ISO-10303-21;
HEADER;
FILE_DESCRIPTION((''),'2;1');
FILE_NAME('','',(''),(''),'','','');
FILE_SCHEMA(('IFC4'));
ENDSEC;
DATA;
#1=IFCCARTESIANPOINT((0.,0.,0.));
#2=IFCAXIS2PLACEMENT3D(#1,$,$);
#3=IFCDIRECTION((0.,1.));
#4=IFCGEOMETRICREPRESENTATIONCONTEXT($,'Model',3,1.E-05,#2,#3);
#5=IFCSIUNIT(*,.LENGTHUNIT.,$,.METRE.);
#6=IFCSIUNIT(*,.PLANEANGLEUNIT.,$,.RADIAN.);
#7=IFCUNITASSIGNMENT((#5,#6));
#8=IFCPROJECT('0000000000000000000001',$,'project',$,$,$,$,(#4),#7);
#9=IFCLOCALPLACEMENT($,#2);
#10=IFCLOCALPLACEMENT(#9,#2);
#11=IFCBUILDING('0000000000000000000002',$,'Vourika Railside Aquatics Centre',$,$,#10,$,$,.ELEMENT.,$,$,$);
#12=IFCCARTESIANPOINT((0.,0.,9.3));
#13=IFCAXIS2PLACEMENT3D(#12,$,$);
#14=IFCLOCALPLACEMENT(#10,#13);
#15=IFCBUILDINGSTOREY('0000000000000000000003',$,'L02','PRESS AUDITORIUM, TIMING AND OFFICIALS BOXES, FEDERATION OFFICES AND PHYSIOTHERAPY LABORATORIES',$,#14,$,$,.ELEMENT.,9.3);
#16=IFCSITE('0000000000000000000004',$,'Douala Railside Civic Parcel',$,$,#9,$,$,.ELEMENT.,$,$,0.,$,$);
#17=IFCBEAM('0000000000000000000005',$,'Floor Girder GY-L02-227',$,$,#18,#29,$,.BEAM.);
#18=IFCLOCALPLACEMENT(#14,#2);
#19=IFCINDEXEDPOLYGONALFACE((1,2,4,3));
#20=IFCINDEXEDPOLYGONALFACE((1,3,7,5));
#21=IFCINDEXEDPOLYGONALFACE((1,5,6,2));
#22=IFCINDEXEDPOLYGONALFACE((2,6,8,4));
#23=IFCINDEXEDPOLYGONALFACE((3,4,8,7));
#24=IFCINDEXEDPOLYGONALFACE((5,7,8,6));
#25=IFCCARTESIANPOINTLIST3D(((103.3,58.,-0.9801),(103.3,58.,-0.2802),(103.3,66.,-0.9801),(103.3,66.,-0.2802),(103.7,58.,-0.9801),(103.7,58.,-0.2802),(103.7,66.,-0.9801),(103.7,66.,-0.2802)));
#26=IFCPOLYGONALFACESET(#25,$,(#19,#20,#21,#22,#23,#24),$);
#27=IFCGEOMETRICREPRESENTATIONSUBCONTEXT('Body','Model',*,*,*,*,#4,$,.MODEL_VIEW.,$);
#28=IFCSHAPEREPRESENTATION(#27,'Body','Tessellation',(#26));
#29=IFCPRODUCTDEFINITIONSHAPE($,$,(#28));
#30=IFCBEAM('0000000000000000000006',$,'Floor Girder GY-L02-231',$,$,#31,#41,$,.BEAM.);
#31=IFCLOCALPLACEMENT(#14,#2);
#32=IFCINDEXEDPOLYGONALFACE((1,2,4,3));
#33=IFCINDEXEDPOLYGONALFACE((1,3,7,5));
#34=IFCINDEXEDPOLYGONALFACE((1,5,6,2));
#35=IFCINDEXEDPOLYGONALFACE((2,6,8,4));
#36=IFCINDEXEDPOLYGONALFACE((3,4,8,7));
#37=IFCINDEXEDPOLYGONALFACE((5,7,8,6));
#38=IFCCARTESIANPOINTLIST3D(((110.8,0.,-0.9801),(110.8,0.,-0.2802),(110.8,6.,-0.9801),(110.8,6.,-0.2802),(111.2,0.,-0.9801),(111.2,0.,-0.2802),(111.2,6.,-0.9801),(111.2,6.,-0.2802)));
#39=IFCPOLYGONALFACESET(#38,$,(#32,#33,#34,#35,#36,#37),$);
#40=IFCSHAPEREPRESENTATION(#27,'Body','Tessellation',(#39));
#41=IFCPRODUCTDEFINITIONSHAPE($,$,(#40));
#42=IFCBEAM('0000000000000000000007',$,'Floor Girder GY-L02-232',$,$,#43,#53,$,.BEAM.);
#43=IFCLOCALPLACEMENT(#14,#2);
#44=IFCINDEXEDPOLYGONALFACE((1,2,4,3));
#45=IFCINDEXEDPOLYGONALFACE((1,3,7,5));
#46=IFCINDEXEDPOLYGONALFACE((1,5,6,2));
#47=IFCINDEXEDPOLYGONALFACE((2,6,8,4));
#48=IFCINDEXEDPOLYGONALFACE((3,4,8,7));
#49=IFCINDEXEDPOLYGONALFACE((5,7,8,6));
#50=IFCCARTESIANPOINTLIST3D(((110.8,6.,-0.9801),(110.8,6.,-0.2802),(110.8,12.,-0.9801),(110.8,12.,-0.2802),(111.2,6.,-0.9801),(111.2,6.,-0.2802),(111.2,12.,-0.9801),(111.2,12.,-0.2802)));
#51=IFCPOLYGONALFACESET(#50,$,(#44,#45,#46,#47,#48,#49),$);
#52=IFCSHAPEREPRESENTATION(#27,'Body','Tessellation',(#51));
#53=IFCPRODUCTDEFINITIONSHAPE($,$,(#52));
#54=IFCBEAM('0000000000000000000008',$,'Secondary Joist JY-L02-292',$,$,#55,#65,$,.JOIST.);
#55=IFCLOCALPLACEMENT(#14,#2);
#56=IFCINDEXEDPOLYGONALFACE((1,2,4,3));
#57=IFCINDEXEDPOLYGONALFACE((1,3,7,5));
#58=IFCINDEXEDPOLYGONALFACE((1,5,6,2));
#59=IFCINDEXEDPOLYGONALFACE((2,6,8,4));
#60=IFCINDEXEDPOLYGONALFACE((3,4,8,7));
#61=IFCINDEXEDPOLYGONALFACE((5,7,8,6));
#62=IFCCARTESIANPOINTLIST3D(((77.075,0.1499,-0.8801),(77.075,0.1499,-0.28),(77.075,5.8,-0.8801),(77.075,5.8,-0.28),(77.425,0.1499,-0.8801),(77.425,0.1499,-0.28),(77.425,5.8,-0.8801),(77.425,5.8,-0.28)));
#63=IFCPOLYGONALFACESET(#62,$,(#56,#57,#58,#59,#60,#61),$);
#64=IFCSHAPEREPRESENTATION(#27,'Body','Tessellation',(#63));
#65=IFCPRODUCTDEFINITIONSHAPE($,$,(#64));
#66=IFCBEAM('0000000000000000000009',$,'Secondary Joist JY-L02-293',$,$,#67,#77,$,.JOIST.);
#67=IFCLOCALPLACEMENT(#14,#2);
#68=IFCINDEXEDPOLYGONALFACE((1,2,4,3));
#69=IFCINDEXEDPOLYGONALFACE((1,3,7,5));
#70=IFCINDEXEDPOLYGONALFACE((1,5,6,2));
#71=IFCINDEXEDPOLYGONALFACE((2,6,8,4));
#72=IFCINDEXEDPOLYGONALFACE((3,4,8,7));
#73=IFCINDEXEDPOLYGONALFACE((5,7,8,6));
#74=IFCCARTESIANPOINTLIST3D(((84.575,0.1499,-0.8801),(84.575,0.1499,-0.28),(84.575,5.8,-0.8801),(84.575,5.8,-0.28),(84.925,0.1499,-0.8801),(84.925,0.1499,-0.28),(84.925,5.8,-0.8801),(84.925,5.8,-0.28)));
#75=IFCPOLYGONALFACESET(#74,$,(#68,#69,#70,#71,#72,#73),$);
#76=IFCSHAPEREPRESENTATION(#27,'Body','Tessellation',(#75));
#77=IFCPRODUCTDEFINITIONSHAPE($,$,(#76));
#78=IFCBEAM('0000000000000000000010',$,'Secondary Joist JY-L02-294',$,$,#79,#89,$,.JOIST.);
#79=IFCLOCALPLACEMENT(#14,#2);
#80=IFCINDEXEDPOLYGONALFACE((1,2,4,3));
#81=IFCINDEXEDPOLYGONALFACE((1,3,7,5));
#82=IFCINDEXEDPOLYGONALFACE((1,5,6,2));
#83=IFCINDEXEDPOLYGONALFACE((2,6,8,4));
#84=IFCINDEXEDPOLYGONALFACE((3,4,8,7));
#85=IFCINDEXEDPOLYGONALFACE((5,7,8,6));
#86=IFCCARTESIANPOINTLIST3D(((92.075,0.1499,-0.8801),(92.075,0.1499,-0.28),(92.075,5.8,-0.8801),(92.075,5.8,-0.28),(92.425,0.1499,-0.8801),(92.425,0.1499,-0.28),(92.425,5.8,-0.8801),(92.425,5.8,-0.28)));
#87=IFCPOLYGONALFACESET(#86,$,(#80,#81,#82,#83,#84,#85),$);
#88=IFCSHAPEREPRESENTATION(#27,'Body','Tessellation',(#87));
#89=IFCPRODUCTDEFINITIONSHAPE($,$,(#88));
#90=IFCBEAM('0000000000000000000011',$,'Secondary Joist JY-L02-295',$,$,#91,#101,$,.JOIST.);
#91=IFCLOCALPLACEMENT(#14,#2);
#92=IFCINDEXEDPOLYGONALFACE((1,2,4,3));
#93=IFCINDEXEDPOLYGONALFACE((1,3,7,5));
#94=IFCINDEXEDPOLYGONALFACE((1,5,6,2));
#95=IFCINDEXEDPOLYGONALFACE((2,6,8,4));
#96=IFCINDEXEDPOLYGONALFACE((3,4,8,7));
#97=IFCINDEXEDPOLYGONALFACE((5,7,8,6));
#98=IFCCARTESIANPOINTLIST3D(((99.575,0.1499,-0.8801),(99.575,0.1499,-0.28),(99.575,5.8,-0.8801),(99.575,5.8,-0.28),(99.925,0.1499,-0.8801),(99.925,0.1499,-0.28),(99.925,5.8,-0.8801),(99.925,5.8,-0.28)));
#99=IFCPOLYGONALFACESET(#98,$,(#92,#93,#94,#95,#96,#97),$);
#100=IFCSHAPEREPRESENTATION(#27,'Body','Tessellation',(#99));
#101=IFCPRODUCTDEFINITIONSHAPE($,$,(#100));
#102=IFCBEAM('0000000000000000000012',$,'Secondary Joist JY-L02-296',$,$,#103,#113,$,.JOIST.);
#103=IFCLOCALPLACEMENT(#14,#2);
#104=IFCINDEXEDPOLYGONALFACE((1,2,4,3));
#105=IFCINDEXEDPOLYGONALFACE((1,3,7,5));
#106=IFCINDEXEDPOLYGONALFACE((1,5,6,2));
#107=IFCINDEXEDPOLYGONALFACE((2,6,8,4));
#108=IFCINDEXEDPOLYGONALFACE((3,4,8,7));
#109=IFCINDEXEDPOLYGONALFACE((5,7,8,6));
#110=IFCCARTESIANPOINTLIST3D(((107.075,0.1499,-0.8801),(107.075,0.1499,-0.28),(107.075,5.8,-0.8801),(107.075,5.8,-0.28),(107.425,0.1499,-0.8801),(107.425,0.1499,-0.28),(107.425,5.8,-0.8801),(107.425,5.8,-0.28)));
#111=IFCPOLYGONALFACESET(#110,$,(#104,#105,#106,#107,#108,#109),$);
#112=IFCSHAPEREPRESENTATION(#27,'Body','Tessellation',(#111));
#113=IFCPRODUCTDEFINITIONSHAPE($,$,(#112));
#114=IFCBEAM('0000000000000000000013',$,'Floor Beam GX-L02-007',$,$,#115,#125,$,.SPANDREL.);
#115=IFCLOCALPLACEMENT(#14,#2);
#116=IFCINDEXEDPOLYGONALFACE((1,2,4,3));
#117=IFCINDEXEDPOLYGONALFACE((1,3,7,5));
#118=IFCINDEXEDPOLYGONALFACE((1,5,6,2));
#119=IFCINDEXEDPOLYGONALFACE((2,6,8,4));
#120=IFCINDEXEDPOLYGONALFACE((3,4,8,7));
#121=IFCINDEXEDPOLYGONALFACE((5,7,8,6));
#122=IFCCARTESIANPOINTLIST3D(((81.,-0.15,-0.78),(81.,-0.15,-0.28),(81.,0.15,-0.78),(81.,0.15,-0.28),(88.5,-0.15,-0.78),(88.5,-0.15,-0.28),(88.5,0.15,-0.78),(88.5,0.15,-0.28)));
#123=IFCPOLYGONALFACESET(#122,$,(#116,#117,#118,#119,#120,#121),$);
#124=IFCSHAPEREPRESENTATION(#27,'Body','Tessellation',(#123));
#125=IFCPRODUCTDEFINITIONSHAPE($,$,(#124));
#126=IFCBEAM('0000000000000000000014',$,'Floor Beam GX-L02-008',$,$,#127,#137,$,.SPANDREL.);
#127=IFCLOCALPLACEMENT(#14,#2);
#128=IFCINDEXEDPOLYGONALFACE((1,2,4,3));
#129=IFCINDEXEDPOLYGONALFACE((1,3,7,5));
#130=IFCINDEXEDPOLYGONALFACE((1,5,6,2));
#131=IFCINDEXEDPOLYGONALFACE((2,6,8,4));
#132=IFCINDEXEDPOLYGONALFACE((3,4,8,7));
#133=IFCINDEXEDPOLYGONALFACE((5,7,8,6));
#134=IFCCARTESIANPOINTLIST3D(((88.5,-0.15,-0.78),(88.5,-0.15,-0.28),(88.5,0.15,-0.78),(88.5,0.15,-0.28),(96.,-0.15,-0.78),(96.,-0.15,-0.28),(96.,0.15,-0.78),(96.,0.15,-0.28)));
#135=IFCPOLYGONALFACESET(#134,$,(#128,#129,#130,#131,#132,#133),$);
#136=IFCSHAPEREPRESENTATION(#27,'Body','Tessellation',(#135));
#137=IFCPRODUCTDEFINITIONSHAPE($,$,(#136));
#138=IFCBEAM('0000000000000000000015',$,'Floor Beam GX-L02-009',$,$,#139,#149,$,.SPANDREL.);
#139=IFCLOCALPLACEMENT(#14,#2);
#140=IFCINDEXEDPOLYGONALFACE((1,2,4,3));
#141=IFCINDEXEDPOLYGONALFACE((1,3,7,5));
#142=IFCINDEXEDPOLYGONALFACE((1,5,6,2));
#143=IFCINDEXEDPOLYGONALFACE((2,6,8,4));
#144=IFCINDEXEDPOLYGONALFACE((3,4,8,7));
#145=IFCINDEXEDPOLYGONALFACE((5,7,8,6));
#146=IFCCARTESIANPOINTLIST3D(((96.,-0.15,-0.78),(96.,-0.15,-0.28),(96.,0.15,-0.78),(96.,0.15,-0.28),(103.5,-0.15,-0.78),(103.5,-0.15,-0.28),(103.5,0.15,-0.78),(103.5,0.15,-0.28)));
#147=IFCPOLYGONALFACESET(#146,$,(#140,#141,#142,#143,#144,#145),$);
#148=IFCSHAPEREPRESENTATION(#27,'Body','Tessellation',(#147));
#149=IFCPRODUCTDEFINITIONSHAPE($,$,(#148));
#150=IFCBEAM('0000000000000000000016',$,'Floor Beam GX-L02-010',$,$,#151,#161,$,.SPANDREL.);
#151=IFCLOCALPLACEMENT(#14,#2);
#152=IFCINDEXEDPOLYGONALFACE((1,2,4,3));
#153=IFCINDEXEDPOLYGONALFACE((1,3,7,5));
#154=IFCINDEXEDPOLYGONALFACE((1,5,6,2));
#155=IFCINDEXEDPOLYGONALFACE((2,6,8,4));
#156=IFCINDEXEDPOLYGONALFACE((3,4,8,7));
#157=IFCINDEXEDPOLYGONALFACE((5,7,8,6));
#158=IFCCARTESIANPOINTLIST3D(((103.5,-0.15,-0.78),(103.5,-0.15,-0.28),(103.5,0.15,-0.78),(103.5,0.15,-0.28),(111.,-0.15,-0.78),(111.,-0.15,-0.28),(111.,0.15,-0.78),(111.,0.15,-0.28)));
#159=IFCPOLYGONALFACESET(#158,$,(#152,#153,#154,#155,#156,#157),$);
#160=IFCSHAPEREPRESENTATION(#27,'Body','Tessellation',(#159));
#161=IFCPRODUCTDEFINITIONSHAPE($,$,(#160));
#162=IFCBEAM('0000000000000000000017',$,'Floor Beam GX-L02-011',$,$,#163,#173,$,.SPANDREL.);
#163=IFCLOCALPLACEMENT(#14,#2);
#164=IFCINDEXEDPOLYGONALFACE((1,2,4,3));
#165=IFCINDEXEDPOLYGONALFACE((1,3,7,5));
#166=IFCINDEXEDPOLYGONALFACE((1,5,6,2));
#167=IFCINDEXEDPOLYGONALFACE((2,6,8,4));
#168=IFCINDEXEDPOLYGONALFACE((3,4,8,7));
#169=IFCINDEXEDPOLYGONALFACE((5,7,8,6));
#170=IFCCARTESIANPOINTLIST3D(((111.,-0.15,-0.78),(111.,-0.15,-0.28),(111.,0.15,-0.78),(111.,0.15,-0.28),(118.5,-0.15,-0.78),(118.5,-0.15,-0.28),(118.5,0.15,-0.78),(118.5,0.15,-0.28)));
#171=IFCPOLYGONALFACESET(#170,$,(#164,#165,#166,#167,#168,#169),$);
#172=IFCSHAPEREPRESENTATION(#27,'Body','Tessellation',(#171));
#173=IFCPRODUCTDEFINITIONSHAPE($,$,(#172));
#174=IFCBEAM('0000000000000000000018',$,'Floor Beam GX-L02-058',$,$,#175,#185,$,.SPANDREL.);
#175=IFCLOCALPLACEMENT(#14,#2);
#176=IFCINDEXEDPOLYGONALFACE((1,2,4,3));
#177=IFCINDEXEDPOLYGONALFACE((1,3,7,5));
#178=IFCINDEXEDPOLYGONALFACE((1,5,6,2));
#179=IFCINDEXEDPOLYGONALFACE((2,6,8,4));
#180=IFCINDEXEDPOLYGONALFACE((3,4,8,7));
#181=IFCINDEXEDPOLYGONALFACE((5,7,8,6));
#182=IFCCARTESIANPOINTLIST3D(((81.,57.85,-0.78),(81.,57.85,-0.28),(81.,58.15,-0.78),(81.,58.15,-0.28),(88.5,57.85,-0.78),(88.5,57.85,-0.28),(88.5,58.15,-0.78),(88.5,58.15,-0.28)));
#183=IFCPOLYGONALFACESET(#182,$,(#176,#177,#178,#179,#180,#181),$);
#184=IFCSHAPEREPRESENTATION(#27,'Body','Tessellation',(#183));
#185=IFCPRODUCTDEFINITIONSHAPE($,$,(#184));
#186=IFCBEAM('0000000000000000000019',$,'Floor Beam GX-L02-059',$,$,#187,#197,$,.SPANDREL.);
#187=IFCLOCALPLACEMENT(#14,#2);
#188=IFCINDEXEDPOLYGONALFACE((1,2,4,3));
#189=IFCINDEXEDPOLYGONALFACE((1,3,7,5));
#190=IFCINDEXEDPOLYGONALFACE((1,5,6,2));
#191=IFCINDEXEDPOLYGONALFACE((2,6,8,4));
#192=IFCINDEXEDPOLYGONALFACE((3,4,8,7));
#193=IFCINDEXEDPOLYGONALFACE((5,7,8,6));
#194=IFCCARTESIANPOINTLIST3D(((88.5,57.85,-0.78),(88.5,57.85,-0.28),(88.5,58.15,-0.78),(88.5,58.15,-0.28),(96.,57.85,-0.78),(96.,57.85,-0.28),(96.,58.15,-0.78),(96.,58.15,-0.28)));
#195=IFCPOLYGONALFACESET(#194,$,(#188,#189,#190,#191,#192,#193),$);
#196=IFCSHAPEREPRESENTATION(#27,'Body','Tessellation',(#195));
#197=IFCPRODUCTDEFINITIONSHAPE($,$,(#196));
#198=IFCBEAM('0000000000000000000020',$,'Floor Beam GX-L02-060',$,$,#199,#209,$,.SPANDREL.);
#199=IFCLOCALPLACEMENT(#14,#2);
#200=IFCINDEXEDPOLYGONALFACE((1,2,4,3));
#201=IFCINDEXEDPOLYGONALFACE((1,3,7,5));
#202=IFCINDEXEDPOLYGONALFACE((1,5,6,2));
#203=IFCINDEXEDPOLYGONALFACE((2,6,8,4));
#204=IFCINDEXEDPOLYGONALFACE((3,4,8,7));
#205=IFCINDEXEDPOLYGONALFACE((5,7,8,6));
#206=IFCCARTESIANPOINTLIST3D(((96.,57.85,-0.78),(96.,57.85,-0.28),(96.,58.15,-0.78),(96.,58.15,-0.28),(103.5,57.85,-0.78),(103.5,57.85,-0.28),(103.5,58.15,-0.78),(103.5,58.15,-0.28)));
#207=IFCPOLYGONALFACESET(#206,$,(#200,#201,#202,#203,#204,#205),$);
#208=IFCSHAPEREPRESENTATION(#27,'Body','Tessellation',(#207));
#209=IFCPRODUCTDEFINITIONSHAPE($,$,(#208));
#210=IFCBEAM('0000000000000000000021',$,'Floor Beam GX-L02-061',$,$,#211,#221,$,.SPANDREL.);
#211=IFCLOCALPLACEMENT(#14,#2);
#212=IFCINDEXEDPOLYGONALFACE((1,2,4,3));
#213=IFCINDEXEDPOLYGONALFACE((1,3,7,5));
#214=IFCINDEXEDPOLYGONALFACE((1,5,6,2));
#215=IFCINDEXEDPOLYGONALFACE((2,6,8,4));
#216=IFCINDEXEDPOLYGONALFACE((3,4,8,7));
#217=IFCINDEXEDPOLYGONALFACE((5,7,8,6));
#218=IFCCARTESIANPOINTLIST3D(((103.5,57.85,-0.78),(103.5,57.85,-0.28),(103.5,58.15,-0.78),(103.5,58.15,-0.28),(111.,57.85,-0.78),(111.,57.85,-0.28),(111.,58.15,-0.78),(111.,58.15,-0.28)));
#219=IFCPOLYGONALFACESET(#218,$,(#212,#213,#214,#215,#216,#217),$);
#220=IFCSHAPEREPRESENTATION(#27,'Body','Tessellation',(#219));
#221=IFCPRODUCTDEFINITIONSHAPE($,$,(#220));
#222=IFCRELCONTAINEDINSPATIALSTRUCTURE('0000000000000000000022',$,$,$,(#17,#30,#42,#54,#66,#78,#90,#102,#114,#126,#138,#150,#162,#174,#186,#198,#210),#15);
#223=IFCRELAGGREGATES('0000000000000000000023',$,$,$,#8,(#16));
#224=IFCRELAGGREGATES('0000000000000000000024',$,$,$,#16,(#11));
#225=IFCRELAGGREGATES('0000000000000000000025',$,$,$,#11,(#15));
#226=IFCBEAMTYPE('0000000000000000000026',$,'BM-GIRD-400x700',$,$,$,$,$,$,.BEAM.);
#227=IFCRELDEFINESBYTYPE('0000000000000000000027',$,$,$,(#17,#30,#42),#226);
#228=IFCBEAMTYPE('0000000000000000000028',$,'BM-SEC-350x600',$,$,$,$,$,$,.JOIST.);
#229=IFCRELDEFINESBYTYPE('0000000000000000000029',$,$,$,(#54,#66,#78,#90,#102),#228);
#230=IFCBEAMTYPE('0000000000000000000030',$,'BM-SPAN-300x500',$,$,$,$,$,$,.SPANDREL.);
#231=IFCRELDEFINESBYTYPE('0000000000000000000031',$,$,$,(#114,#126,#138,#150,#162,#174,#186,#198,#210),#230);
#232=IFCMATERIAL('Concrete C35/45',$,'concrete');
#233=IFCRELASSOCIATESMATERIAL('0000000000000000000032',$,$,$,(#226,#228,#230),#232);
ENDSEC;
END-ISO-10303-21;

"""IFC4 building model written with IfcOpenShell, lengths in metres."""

from ifc_helpers import new_model, si_unit, direction, frame, origin, origin_2d, place, context, subcontext, project, spatial, rectangle, extrude, material, material_profile, profile_set, type_object, element, save


model = new_model("IFC4")

# Units and contexts
model_context = context("Model", 3, precision=1e-05, world=origin(), true_north=direction((0.0, 1.0)))
body_context = subcontext(model_context, "Body", "Model", "MODEL_VIEW")
ifc_project = project(units=[si_unit("LENGTHUNIT", "METRE"), si_unit("PLANEANGLEUNIT", "RADIAN")], contexts=[model_context])

# Site, building, storey
site_placement = place(None, origin())
site = spatial("IfcSite", under=ifc_project, at=site_placement, Name="Douala Railside Civic Parcel", CompositionType="ELEMENT", RefElevation=0.0)
building_placement = place(site_placement, origin())
building = spatial("IfcBuilding", under=site, at=building_placement, Name="Vourika Railside Aquatics Centre", CompositionType="ELEMENT")
storey_placement = place(building_placement, frame((0.0, 0.0, 9.3)))
storey = spatial("IfcBuildingStorey", under=building, at=storey_placement, Name="L02", Description="PRESS AUDITORIUM, TIMING AND OFFICIALS BOXES, FEDERATION OFFICES AND PHYSIOTHERAPY LABORATORIES", CompositionType="ELEMENT", Elevation=9.3)

# Beams
ifc_material = material(Name="Concrete C35/45", Category="concrete")
ifc_material_profile_1 = material_profile(ifc_material, rectangle(XDim=0.3999, YDim=0.7, at=origin_2d()), Name="RC 400x700")
ifc_profile_set_1 = profile_set([ifc_material_profile_1], Name="Concrete C35/45")
beam_type_1 = type_object("IfcBeamType", Name="BM-GIRD-400x700", PredefinedType="BEAM", material=ifc_profile_set_1)
beam_1_placement = place(storey_placement, frame((103.5, 58.0, -0.6301), z_axis=(0.0, 1.0, 0.0), x_axis=(-1.0, 0.0, 0.0)))
element("IfcBeam", 1, at=beam_1_placement, inside=storey, type_object=beam_type_1, Name="Floor Girder GY-L02-227", PredefinedType="BEAM", context=body_context, shape_type="SweptSolid", body=[
    extrude(rectangle(XDim=0.3999, YDim=0.7, at=origin_2d()), origin(), (0.0, 0.0, 1.0), 8.0),
])
for number, where, z_axis, x_axis, name in (
    (2, (111.0, 0.0, -0.6301), (0.0, 1.0, 0.0), (-1.0, 0.0, 0.0), "Floor Girder GY-L02-231"),
    (3, (111.0, 6.0, -0.6301), (0.0, 1.0, 0.0), (-1.0, 0.0, 0.0), "Floor Girder GY-L02-232"),
):
    element("IfcBeam", number, at=place(storey_placement, frame(where, z_axis=z_axis, x_axis=x_axis)), inside=storey, type_object=beam_type_1, Name=name, PredefinedType="BEAM", context=body_context, shape_type="SweptSolid", body=[
        extrude(rectangle(XDim=0.3999, YDim=0.7, at=origin_2d()), origin(), (0.0, 0.0, 1.0), 6.0),
    ])
ifc_material_profile_2 = material_profile(ifc_material, rectangle(XDim=0.3501, YDim=0.6001, at=origin_2d()), Name="RC 350x600")
ifc_profile_set_2 = profile_set([ifc_material_profile_2], Name="Concrete C35/45")
beam_type_2 = type_object("IfcBeamType", Name="BM-SEC-350x600", PredefinedType="JOIST", material=ifc_profile_set_2)
for number, where, z_axis, x_axis, name in (
    (4, (77.25, 0.1499, -0.5801), (0.0, 1.0, 0.0), (-1.0, 0.0, 0.0), "Secondary Joist JY-L02-292"),
    (5, (84.75, 0.1499, -0.5801), (0.0, 1.0, 0.0), (-1.0, 0.0, 0.0), "Secondary Joist JY-L02-293"),
    (6, (92.25, 0.1499, -0.5801), (0.0, 1.0, 0.0), (-1.0, 0.0, 0.0), "Secondary Joist JY-L02-294"),
    (7, (99.75, 0.1499, -0.5801), (0.0, 1.0, 0.0), (-1.0, 0.0, 0.0), "Secondary Joist JY-L02-295"),
    (8, (107.25, 0.1499, -0.5801), (0.0, 1.0, 0.0), (-1.0, 0.0, 0.0), "Secondary Joist JY-L02-296"),
):
    element("IfcBeam", number, at=place(storey_placement, frame(where, z_axis=z_axis, x_axis=x_axis)), inside=storey, type_object=beam_type_2, Name=name, PredefinedType="JOIST", context=body_context, shape_type="SweptSolid", body=[
        extrude(rectangle(XDim=0.3501, YDim=0.6001, at=origin_2d()), origin(), (0.0, 0.0, 1.0), 5.6501),
    ])
ifc_material_profile_3 = material_profile(ifc_material, rectangle(XDim=0.3, YDim=0.5, at=origin_2d()), Name="RC 300x500")
ifc_profile_set_3 = profile_set([ifc_material_profile_3], Name="Concrete C35/45")
beam_type_3 = type_object("IfcBeamType", Name="BM-SPAN-300x500", PredefinedType="SPANDREL", material=ifc_profile_set_3)
for number, where, z_axis, x_axis, name in (
    (9, (81.0, 0.0, -0.53), (1.0, 0.0, 0.0), (0.0, 1.0, 0.0), "Floor Beam GX-L02-007"),
    (10, (88.5, 0.0, -0.53), (1.0, 0.0, 0.0), (0.0, 1.0, 0.0), "Floor Beam GX-L02-008"),
    (11, (96.0, 0.0, -0.53), (1.0, 0.0, 0.0), (0.0, 1.0, 0.0), "Floor Beam GX-L02-009"),
    (12, (103.5, 0.0, -0.53), (1.0, 0.0, 0.0), (0.0, 1.0, 0.0), "Floor Beam GX-L02-010"),
    (13, (111.0, 0.0, -0.53), (1.0, 0.0, 0.0), (0.0, 1.0, 0.0), "Floor Beam GX-L02-011"),
    (14, (81.0, 58.0, -0.53), (1.0, 0.0, 0.0), (0.0, 1.0, 0.0), "Floor Beam GX-L02-058"),
    (15, (88.5, 58.0, -0.53), (1.0, 0.0, 0.0), (0.0, 1.0, 0.0), "Floor Beam GX-L02-059"),
    (16, (96.0, 58.0, -0.53), (1.0, 0.0, 0.0), (0.0, 1.0, 0.0), "Floor Beam GX-L02-060"),
    (17, (103.5, 58.0, -0.53), (1.0, 0.0, 0.0), (0.0, 1.0, 0.0), "Floor Beam GX-L02-061"),
):
    element("IfcBeam", number, at=place(storey_placement, frame(where, z_axis=z_axis, x_axis=x_axis)), inside=storey, type_object=beam_type_3, Name=name, PredefinedType="SPANDREL", context=body_context, shape_type="SweptSolid", body=[
        extrude(rectangle(XDim=0.3, YDim=0.5, at=origin_2d()), origin(), (0.0, 0.0, 1.0), 7.5),
    ])

save(model, "model.ifc")
